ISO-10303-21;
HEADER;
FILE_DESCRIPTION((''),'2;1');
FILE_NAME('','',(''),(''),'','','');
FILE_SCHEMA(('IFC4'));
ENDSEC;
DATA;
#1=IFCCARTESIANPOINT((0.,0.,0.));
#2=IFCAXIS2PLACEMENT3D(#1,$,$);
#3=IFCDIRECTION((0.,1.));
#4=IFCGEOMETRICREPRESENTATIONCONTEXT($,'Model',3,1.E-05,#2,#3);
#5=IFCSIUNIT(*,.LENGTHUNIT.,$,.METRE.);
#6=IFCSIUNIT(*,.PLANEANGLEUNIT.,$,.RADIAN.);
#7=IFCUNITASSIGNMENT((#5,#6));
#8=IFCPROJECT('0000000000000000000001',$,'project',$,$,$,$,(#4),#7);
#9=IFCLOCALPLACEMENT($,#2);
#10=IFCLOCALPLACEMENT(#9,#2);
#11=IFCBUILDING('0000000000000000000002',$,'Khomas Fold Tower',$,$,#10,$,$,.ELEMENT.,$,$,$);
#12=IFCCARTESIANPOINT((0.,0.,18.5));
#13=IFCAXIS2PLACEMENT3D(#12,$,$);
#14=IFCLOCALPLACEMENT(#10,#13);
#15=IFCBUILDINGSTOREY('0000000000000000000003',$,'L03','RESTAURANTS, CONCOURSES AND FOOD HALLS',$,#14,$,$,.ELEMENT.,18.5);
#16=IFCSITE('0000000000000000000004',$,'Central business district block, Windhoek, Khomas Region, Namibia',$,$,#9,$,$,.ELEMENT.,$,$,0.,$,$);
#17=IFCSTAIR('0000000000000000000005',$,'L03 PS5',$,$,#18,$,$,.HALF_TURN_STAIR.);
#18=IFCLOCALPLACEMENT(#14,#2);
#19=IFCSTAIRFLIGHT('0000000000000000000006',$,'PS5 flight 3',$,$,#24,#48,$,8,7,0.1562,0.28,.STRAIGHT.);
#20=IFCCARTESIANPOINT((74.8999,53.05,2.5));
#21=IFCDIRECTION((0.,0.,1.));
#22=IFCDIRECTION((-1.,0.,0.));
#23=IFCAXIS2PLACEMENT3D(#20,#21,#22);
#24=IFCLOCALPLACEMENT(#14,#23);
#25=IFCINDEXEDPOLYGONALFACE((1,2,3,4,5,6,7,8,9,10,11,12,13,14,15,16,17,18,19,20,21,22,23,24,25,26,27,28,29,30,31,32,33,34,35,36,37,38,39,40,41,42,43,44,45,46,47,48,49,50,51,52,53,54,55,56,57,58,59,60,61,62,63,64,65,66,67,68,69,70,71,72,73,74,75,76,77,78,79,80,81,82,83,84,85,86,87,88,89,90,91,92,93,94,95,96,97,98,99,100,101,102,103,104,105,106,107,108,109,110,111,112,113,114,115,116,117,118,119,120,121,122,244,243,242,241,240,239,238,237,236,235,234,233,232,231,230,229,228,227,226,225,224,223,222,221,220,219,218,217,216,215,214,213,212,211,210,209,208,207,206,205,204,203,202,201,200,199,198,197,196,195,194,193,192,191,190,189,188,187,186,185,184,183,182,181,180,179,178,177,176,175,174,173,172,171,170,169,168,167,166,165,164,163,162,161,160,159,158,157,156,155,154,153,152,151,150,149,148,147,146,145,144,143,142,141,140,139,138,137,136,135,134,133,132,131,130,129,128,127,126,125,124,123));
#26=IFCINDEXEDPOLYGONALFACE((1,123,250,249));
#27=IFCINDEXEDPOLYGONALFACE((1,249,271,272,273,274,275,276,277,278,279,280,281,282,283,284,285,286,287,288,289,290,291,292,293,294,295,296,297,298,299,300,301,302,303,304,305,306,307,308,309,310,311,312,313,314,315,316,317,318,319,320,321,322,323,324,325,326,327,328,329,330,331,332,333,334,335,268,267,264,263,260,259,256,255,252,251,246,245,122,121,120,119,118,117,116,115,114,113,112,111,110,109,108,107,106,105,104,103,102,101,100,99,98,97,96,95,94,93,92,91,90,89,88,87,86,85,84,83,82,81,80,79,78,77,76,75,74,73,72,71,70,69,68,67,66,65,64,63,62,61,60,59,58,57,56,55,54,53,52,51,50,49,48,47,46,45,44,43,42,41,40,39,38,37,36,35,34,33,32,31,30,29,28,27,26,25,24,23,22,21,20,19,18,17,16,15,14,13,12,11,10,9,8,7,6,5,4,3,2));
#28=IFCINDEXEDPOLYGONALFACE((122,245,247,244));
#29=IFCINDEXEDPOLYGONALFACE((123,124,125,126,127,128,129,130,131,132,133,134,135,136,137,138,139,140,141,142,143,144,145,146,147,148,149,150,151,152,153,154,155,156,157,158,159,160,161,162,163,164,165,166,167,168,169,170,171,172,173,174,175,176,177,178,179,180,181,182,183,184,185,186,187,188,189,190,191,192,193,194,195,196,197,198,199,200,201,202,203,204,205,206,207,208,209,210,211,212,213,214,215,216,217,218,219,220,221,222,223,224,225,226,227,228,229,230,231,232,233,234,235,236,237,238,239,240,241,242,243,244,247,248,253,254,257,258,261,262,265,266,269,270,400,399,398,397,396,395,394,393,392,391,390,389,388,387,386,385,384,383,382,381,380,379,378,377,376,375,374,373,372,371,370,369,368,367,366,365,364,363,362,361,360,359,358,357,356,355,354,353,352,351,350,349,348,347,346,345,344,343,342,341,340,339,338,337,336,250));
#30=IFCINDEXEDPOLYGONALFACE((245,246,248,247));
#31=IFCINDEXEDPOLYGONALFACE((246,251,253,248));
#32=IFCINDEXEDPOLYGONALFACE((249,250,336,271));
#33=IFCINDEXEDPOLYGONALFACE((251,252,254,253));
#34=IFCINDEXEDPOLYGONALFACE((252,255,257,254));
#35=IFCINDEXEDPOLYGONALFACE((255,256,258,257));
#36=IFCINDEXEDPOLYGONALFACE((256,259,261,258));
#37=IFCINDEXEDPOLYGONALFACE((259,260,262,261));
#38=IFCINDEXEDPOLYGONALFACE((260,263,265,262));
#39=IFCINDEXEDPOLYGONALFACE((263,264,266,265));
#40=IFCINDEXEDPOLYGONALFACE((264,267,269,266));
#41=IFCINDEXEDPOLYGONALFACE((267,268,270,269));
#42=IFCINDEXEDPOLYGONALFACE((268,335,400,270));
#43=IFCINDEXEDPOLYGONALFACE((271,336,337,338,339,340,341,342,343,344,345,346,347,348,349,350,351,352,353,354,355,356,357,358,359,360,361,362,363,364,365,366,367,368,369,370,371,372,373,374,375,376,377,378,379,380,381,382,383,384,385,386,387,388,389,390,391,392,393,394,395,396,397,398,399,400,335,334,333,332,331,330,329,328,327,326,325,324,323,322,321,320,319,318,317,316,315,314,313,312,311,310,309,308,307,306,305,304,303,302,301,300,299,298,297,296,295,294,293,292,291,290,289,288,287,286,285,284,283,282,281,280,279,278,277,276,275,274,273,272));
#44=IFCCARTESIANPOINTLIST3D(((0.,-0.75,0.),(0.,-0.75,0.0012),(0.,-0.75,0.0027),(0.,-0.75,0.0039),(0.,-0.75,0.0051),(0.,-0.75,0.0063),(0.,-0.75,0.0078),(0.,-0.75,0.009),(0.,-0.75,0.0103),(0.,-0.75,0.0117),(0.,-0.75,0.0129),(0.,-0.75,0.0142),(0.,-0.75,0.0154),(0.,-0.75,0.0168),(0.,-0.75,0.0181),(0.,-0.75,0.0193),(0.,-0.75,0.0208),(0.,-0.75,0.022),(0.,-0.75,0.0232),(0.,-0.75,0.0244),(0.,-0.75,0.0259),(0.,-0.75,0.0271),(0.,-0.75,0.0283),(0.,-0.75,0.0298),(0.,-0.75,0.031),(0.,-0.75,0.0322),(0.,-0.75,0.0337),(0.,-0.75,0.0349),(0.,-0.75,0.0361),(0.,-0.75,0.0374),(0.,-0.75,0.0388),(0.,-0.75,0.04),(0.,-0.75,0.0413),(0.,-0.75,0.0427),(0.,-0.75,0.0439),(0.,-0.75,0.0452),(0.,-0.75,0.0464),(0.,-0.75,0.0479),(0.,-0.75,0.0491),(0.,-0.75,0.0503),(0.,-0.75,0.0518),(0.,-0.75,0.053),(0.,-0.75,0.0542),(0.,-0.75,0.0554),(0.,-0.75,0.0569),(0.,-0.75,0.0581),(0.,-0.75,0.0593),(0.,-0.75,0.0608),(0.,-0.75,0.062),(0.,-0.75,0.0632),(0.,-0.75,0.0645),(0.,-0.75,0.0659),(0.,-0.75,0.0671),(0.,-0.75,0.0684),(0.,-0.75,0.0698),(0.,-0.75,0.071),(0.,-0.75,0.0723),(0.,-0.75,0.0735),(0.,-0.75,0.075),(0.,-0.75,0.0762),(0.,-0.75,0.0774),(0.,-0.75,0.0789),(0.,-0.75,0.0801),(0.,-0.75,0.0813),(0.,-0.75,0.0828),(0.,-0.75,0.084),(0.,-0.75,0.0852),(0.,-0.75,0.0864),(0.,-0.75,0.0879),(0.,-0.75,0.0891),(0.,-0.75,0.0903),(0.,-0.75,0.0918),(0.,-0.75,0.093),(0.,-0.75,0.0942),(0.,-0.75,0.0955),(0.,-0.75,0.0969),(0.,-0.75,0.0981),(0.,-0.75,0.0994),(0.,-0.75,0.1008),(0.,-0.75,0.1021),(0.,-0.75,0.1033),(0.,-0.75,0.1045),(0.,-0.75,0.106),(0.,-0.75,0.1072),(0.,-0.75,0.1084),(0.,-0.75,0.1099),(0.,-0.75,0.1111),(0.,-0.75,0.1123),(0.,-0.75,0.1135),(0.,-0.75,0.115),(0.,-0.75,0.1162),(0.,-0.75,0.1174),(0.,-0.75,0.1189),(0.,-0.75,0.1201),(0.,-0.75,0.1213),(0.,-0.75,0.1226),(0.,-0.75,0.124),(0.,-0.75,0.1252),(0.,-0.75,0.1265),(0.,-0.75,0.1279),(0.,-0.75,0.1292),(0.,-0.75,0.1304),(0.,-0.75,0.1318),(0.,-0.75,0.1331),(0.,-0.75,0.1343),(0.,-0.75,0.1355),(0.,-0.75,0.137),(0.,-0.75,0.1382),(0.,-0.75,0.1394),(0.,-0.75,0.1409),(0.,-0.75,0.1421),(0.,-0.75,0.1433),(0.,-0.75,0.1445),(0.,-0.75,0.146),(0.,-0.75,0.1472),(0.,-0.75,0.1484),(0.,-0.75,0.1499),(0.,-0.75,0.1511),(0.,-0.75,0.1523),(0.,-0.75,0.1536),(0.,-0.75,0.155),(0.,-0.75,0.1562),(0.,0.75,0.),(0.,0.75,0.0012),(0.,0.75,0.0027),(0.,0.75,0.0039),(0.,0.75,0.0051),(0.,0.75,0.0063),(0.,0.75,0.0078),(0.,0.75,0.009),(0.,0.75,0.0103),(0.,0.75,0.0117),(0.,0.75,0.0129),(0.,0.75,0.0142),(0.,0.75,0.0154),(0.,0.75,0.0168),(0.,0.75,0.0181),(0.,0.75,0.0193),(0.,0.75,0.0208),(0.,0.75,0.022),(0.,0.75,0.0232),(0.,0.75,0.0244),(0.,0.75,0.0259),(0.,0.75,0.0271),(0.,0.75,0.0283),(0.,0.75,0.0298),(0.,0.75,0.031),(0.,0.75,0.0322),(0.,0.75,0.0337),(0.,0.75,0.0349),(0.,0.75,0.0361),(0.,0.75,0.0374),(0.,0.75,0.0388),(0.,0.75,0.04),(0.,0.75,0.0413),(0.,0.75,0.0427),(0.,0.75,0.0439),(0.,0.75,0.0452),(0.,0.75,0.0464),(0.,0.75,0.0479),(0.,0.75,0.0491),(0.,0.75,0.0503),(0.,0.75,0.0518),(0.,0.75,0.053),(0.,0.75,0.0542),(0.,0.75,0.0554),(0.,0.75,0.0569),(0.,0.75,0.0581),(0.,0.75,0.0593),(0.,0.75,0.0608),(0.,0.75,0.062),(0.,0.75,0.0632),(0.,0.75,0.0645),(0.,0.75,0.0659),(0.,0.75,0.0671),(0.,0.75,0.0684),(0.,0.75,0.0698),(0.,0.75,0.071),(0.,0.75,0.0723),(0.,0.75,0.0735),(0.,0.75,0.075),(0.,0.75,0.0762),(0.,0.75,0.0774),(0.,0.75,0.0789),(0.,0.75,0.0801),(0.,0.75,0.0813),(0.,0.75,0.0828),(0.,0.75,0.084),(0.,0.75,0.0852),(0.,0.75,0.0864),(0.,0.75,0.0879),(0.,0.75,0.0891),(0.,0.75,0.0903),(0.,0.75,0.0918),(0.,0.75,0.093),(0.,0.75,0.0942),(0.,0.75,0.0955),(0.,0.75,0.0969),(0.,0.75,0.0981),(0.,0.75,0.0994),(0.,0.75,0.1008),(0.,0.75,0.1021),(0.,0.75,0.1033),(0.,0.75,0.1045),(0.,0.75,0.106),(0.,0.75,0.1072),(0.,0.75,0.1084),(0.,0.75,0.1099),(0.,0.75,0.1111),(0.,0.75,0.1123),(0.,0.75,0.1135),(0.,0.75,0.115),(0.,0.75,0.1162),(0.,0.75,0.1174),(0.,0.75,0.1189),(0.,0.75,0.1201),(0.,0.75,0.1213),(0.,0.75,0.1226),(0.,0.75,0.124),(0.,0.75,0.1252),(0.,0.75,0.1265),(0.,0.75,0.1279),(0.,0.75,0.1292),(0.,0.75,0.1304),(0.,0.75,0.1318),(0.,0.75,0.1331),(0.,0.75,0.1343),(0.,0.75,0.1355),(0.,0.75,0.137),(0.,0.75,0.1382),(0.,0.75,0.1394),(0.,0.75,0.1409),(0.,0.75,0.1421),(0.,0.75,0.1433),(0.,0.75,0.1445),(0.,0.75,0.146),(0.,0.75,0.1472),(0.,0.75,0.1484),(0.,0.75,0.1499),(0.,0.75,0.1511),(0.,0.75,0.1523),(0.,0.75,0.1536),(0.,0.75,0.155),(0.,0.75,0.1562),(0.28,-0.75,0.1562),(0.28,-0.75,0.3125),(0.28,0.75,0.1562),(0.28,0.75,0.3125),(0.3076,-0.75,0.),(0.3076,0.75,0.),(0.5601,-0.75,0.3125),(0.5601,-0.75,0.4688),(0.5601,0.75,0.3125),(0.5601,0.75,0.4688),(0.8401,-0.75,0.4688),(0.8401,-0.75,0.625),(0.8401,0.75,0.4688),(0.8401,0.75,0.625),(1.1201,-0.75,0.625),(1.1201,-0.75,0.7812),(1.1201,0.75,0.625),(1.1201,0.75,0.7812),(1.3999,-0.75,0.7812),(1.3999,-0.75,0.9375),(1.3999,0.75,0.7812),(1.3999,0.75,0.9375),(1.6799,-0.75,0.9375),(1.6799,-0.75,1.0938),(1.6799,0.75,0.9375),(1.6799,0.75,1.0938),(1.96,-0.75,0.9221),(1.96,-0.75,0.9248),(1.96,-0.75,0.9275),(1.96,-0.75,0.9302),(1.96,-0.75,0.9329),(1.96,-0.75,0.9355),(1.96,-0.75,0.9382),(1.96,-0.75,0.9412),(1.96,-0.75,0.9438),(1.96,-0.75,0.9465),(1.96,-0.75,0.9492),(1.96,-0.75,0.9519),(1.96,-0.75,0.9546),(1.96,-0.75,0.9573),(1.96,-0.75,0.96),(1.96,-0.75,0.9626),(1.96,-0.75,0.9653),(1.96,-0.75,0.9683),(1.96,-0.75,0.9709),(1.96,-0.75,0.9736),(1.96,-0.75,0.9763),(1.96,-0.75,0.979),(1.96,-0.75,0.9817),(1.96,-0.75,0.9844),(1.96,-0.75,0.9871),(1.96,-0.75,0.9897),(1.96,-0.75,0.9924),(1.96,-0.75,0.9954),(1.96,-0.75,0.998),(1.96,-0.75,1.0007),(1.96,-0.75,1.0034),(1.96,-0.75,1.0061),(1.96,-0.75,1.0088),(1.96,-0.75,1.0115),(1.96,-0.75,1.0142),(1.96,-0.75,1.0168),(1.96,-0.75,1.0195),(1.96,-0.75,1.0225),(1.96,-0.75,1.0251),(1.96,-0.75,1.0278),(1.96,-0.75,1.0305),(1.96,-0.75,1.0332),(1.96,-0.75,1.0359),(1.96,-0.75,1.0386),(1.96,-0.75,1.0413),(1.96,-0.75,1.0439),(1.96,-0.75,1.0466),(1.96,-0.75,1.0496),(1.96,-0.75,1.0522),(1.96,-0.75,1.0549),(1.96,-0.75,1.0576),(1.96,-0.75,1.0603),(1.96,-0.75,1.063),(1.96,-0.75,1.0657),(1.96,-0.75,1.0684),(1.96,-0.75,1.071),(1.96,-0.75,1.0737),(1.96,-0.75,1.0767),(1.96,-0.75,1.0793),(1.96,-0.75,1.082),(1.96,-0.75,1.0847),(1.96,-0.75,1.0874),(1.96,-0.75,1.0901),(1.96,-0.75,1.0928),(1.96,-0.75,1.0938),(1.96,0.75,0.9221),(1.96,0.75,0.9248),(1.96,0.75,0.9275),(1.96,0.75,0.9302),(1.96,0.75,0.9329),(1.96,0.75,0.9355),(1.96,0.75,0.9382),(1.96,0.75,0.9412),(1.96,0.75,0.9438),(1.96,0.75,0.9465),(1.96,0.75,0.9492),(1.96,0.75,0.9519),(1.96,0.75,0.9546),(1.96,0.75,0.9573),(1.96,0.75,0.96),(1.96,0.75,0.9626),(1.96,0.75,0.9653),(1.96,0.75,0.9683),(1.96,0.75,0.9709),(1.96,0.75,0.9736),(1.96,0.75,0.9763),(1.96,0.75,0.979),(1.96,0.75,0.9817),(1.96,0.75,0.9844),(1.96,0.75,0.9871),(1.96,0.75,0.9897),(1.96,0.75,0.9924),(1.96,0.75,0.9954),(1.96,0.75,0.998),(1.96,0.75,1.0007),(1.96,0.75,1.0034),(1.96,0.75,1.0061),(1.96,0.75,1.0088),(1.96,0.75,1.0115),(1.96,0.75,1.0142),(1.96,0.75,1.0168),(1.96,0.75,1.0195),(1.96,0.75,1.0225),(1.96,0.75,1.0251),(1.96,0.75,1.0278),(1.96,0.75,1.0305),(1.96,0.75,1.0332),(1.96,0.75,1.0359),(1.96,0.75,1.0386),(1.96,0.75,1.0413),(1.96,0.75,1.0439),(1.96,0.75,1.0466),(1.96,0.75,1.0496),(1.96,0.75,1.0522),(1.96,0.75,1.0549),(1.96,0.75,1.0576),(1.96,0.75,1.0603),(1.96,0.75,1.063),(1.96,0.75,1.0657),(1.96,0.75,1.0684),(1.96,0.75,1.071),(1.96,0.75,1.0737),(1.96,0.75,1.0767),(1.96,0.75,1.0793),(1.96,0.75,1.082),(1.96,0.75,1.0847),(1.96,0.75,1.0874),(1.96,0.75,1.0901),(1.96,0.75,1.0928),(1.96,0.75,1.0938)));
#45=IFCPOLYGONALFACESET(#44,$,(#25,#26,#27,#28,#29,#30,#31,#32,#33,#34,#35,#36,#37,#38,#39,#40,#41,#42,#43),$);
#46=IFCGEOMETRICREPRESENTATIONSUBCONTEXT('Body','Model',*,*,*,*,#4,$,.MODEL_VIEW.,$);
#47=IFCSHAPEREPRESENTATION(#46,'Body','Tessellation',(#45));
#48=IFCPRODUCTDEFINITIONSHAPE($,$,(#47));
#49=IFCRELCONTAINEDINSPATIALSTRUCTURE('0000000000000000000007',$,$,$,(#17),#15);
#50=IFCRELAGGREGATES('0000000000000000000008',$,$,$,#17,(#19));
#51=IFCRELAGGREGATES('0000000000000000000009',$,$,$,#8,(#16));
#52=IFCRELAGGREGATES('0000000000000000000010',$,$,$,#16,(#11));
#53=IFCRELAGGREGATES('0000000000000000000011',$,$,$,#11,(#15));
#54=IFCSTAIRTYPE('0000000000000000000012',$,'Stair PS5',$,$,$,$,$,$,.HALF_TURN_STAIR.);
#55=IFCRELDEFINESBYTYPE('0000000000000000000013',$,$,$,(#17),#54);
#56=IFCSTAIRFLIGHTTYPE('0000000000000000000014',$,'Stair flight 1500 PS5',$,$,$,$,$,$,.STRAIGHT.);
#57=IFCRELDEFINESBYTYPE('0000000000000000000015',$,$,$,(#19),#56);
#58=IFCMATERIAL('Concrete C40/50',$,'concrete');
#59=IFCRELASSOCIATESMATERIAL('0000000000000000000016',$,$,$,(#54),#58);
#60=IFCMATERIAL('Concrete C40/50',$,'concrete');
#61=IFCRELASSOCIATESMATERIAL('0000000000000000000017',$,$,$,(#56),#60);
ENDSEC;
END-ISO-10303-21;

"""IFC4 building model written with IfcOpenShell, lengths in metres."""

from ifc_helpers import new_model, si_unit, direction, frame, origin, place, context, subcontext, project, spatial, polyline, outline, extrude, source, transform, mapped, material, type_object, element, aggregate, save


model = new_model("IFC4")

# Units and contexts
model_context = context("Model", 3, precision=1e-05, world=origin(), true_north=direction((0.0, 1.0)))
body_context = subcontext(model_context, "Body", "Model", "MODEL_VIEW")
ifc_project = project(units=[si_unit("LENGTHUNIT", "METRE"), si_unit("PLANEANGLEUNIT", "RADIAN")], contexts=[model_context])

# Site, building, storey
site_placement = place(None, origin())
site = spatial("IfcSite", under=ifc_project, at=site_placement, Name="Central business district block, Windhoek, Khomas Region, Namibia", CompositionType="ELEMENT", RefElevation=0.0)
building_placement = place(site_placement, origin())
building = spatial("IfcBuilding", under=site, at=building_placement, Name="Khomas Fold Tower", CompositionType="ELEMENT")
storey_placement = place(building_placement, frame((0.0, 0.0, 18.5)))
storey = spatial("IfcBuildingStorey", under=building, at=storey_placement, Name="L03", Description="RESTAURANTS, CONCOURSES AND FOOD HALLS", CompositionType="ELEMENT", Elevation=18.5)

# Stair, stair flight
ifc_material_1 = material(Name="Concrete C40/50", Category="concrete")
stair_type = type_object("IfcStairType", Name="Stair PS5", PredefinedType="HALF_TURN_STAIR", material=ifc_material_1)
stair_placement = place(storey_placement, origin())
stair = element("IfcStair", 1, at=stair_placement, inside=storey, type_object=stair_type, Name="L03 PS5", PredefinedType="HALF_TURN_STAIR")
ifc_material_2 = material(Name="Concrete C40/50", Category="concrete")
stair_flight_type = type_object("IfcStairFlightType", Name="Stair flight 1500 PS5", PredefinedType="STRAIGHT", material=ifc_material_2)
shared_shape_1 = source(origin(), body_context, "Body", "SweptSolid", [
    extrude(outline(polyline([(0.0, 0.0), (0.0, 0.0012), (0.0, 0.0027), (0.0, 0.0039), (0.0, 0.0051), (0.0, 0.0063), (0.0, 0.0078), (0.0, 0.009), (0.0, 0.0103), (0.0, 0.0117), (0.0, 0.0129), (0.0, 0.0142), (0.0, 0.0154), (0.0, 0.0168), (0.0, 0.0181), (0.0, 0.0193), (0.0, 0.0208), (0.0, 0.022), (0.0, 0.0232), (0.0, 0.0244), (0.0, 0.0259), (0.0, 0.0271), (0.0, 0.0283), (0.0, 0.0298), (0.0, 0.031), (0.0, 0.0322), (0.0, 0.0337), (0.0, 0.0349), (0.0, 0.0361), (0.0, 0.0374), (0.0, 0.0388), (0.0, 0.04), (0.0, 0.0413), (0.0, 0.0427), (0.0, 0.0439), (0.0, 0.0452), (0.0, 0.0464), (0.0, 0.0479), (0.0, 0.0491), (0.0, 0.0503), (0.0, 0.0518), (0.0, 0.053), (0.0, 0.0542), (0.0, 0.0554), (0.0, 0.0569), (0.0, 0.0581), (0.0, 0.0593), (0.0, 0.0608), (0.0, 0.062), (0.0, 0.0632), (0.0, 0.0645), (0.0, 0.0659), (0.0, 0.0671), (0.0, 0.0684), (0.0, 0.0698), (0.0, 0.071), (0.0, 0.0723), (0.0, 0.0735), (0.0, 0.075), (0.0, 0.0762), (0.0, 0.0774), (0.0, 0.0789), (0.0, 0.0801), (0.0, 0.0813), (0.0, 0.0828), (0.0, 0.084), (0.0, 0.0852), (0.0, 0.0864), (0.0, 0.0879), (0.0, 0.0891), (0.0, 0.0903), (0.0, 0.0918), (0.0, 0.093), (0.0, 0.0942), (0.0, 0.0955), (0.0, 0.0969), (0.0, 0.0981), (0.0, 0.0994), (0.0, 0.1008), (0.0, 0.1021), (0.0, 0.1033), (0.0, 0.1045), (0.0, 0.106), (0.0, 0.1072), (0.0, 0.1084), (0.0, 0.1099), (0.0, 0.1111), (0.0, 0.1123), (0.0, 0.1135), (0.0, 0.115), (0.0, 0.1162), (0.0, 0.1174), (0.0, 0.1189), (0.0, 0.1201), (0.0, 0.1213), (0.0, 0.1226), (0.0, 0.124), (0.0, 0.1252), (0.0, 0.1265), (0.0, 0.1279), (0.0, 0.1292), (0.0, 0.1304), (0.0, 0.1318), (0.0, 0.1331), (0.0, 0.1343), (0.0, 0.1355), (0.0, 0.137), (0.0, 0.1382), (0.0, 0.1394), (0.0, 0.1409), (0.0, 0.1421), (0.0, 0.1433), (0.0, 0.1445), (0.0, 0.146), (0.0, 0.1472), (0.0, 0.1484), (0.0, 0.1499), (0.0, 0.1511), (0.0, 0.1523), (0.0, 0.1536), (0.0, 0.155), (0.0, 0.1562), (0.28, 0.1562), (0.28, 0.3125), (0.5601, 0.3125), (0.5601, 0.4688), (0.8401, 0.4688), (0.8401, 0.625), (1.1201, 0.625), (1.1201, 0.7812), (1.3999, 0.7812), (1.3999, 0.9375), (1.6799, 0.9375), (1.6799, 1.0938), (1.96, 1.0938), (1.96, 1.25), (1.96, 1.2473), (1.96, 1.2446), (1.96, 1.2419), (1.96, 1.2393), (1.96, 1.2363), (1.96, 1.2336), (1.96, 1.231), (1.96, 1.2283), (1.96, 1.2256), (1.96, 1.2229), (1.96, 1.2202), (1.96, 1.2175), (1.96, 1.2148), (1.96, 1.2122), (1.96, 1.2092), (1.96, 1.2065), (1.96, 1.2039), (1.96, 1.2012), (1.96, 1.1985), (1.96, 1.1958), (1.96, 1.1931), (1.96, 1.1904), (1.96, 1.1877), (1.96, 1.1851), (1.96, 1.1821), (1.96, 1.1794), (1.96, 1.1768), (1.96, 1.1741), (1.96, 1.1714), (1.96, 1.1687), (1.96, 1.166), (1.96, 1.1633), (1.96, 1.1606), (1.96, 1.158), (1.96, 1.155), (1.96, 1.1523), (1.96, 1.1497), (1.96, 1.147), (1.96, 1.1443), (1.96, 1.1416), (1.96, 1.1389), (1.96, 1.1362), (1.96, 1.1335), (1.96, 1.1309), (1.96, 1.1279), (1.96, 1.1252), (1.96, 1.1226), (1.96, 1.1199), (1.96, 1.1172), (1.96, 1.1145), (1.96, 1.1118), (1.96, 1.1091), (1.96, 1.1064), (1.96, 1.1038), (1.96, 1.1008), (1.96, 1.0981), (1.96, 1.0955), (1.96, 1.0928), (1.96, 1.0901), (1.96, 1.0874), (1.96, 1.0847), (1.96, 1.082), (1.96, 1.0793), (1.96, 1.0767), (1.96, 1.0737), (1.96, 1.071), (1.96, 1.0684), (1.96, 1.0657), (1.96, 1.063), (1.96, 1.0603), (1.96, 1.0576), (1.96, 1.0549), (1.96, 1.0522), (1.96, 1.0496), (1.96, 1.0466), (1.96, 1.0439), (1.96, 1.0413), (1.96, 1.0386), (1.96, 1.0359), (1.96, 1.0332), (1.96, 1.0305), (1.96, 1.0278), (1.96, 1.0251), (1.96, 1.0225), (1.96, 1.0195), (1.96, 1.0168), (1.96, 1.0142), (1.96, 1.0115), (1.96, 1.0088), (1.96, 1.0061), (1.96, 1.0034), (1.96, 1.0007), (1.96, 0.998), (1.96, 0.9954), (1.96, 0.9924), (1.96, 0.9897), (1.96, 0.9871), (1.96, 0.9844), (1.96, 0.9817), (1.96, 0.979), (1.96, 0.9763), (1.96, 0.9736), (1.96, 0.9709), (1.96, 0.9683), (1.96, 0.9653), (1.96, 0.9626), (1.96, 0.96), (1.96, 0.9573), (1.96, 0.9546), (1.96, 0.9519), (1.96, 0.9492), (1.96, 0.9465), (1.96, 0.9438), (1.96, 0.9412), (1.96, 0.9382), (1.96, 0.9355), (1.96, 0.9329), (1.96, 0.9302), (1.96, 0.9275), (1.96, 0.9248), (1.96, 0.9221), (0.3076, 0.0), (0.0, 0.0)])), frame((0.0, 0.75, 0.0), z_axis=(0.0, -1.0, 0.0), x_axis=(1.0, 0.0, 0.0)), (0.0, 0.0, 1.0), 1.5),
])
stair_flight_1_placement = place(storey_placement, frame((74.8999, 53.05, 2.5), z_axis=(0.0, 0.0, 1.0), x_axis=(-1.0, 0.0, 0.0)))
stair_flight_1 = element("IfcStairFlight", 2, at=stair_flight_1_placement, type_object=stair_flight_type, Name="PS5 flight 3", NumberOfRisers=8, NumberOfTreads=7, PredefinedType="STRAIGHT", RiserHeight=0.1562, TreadLength=0.28, context=body_context, shape_type="MappedRepresentation", body=[
    mapped(shared_shape_1, transform((0.0, 0.0, 0.0))),
])
aggregate(stair, [stair_flight_1])

save(model, "model.ifc")
